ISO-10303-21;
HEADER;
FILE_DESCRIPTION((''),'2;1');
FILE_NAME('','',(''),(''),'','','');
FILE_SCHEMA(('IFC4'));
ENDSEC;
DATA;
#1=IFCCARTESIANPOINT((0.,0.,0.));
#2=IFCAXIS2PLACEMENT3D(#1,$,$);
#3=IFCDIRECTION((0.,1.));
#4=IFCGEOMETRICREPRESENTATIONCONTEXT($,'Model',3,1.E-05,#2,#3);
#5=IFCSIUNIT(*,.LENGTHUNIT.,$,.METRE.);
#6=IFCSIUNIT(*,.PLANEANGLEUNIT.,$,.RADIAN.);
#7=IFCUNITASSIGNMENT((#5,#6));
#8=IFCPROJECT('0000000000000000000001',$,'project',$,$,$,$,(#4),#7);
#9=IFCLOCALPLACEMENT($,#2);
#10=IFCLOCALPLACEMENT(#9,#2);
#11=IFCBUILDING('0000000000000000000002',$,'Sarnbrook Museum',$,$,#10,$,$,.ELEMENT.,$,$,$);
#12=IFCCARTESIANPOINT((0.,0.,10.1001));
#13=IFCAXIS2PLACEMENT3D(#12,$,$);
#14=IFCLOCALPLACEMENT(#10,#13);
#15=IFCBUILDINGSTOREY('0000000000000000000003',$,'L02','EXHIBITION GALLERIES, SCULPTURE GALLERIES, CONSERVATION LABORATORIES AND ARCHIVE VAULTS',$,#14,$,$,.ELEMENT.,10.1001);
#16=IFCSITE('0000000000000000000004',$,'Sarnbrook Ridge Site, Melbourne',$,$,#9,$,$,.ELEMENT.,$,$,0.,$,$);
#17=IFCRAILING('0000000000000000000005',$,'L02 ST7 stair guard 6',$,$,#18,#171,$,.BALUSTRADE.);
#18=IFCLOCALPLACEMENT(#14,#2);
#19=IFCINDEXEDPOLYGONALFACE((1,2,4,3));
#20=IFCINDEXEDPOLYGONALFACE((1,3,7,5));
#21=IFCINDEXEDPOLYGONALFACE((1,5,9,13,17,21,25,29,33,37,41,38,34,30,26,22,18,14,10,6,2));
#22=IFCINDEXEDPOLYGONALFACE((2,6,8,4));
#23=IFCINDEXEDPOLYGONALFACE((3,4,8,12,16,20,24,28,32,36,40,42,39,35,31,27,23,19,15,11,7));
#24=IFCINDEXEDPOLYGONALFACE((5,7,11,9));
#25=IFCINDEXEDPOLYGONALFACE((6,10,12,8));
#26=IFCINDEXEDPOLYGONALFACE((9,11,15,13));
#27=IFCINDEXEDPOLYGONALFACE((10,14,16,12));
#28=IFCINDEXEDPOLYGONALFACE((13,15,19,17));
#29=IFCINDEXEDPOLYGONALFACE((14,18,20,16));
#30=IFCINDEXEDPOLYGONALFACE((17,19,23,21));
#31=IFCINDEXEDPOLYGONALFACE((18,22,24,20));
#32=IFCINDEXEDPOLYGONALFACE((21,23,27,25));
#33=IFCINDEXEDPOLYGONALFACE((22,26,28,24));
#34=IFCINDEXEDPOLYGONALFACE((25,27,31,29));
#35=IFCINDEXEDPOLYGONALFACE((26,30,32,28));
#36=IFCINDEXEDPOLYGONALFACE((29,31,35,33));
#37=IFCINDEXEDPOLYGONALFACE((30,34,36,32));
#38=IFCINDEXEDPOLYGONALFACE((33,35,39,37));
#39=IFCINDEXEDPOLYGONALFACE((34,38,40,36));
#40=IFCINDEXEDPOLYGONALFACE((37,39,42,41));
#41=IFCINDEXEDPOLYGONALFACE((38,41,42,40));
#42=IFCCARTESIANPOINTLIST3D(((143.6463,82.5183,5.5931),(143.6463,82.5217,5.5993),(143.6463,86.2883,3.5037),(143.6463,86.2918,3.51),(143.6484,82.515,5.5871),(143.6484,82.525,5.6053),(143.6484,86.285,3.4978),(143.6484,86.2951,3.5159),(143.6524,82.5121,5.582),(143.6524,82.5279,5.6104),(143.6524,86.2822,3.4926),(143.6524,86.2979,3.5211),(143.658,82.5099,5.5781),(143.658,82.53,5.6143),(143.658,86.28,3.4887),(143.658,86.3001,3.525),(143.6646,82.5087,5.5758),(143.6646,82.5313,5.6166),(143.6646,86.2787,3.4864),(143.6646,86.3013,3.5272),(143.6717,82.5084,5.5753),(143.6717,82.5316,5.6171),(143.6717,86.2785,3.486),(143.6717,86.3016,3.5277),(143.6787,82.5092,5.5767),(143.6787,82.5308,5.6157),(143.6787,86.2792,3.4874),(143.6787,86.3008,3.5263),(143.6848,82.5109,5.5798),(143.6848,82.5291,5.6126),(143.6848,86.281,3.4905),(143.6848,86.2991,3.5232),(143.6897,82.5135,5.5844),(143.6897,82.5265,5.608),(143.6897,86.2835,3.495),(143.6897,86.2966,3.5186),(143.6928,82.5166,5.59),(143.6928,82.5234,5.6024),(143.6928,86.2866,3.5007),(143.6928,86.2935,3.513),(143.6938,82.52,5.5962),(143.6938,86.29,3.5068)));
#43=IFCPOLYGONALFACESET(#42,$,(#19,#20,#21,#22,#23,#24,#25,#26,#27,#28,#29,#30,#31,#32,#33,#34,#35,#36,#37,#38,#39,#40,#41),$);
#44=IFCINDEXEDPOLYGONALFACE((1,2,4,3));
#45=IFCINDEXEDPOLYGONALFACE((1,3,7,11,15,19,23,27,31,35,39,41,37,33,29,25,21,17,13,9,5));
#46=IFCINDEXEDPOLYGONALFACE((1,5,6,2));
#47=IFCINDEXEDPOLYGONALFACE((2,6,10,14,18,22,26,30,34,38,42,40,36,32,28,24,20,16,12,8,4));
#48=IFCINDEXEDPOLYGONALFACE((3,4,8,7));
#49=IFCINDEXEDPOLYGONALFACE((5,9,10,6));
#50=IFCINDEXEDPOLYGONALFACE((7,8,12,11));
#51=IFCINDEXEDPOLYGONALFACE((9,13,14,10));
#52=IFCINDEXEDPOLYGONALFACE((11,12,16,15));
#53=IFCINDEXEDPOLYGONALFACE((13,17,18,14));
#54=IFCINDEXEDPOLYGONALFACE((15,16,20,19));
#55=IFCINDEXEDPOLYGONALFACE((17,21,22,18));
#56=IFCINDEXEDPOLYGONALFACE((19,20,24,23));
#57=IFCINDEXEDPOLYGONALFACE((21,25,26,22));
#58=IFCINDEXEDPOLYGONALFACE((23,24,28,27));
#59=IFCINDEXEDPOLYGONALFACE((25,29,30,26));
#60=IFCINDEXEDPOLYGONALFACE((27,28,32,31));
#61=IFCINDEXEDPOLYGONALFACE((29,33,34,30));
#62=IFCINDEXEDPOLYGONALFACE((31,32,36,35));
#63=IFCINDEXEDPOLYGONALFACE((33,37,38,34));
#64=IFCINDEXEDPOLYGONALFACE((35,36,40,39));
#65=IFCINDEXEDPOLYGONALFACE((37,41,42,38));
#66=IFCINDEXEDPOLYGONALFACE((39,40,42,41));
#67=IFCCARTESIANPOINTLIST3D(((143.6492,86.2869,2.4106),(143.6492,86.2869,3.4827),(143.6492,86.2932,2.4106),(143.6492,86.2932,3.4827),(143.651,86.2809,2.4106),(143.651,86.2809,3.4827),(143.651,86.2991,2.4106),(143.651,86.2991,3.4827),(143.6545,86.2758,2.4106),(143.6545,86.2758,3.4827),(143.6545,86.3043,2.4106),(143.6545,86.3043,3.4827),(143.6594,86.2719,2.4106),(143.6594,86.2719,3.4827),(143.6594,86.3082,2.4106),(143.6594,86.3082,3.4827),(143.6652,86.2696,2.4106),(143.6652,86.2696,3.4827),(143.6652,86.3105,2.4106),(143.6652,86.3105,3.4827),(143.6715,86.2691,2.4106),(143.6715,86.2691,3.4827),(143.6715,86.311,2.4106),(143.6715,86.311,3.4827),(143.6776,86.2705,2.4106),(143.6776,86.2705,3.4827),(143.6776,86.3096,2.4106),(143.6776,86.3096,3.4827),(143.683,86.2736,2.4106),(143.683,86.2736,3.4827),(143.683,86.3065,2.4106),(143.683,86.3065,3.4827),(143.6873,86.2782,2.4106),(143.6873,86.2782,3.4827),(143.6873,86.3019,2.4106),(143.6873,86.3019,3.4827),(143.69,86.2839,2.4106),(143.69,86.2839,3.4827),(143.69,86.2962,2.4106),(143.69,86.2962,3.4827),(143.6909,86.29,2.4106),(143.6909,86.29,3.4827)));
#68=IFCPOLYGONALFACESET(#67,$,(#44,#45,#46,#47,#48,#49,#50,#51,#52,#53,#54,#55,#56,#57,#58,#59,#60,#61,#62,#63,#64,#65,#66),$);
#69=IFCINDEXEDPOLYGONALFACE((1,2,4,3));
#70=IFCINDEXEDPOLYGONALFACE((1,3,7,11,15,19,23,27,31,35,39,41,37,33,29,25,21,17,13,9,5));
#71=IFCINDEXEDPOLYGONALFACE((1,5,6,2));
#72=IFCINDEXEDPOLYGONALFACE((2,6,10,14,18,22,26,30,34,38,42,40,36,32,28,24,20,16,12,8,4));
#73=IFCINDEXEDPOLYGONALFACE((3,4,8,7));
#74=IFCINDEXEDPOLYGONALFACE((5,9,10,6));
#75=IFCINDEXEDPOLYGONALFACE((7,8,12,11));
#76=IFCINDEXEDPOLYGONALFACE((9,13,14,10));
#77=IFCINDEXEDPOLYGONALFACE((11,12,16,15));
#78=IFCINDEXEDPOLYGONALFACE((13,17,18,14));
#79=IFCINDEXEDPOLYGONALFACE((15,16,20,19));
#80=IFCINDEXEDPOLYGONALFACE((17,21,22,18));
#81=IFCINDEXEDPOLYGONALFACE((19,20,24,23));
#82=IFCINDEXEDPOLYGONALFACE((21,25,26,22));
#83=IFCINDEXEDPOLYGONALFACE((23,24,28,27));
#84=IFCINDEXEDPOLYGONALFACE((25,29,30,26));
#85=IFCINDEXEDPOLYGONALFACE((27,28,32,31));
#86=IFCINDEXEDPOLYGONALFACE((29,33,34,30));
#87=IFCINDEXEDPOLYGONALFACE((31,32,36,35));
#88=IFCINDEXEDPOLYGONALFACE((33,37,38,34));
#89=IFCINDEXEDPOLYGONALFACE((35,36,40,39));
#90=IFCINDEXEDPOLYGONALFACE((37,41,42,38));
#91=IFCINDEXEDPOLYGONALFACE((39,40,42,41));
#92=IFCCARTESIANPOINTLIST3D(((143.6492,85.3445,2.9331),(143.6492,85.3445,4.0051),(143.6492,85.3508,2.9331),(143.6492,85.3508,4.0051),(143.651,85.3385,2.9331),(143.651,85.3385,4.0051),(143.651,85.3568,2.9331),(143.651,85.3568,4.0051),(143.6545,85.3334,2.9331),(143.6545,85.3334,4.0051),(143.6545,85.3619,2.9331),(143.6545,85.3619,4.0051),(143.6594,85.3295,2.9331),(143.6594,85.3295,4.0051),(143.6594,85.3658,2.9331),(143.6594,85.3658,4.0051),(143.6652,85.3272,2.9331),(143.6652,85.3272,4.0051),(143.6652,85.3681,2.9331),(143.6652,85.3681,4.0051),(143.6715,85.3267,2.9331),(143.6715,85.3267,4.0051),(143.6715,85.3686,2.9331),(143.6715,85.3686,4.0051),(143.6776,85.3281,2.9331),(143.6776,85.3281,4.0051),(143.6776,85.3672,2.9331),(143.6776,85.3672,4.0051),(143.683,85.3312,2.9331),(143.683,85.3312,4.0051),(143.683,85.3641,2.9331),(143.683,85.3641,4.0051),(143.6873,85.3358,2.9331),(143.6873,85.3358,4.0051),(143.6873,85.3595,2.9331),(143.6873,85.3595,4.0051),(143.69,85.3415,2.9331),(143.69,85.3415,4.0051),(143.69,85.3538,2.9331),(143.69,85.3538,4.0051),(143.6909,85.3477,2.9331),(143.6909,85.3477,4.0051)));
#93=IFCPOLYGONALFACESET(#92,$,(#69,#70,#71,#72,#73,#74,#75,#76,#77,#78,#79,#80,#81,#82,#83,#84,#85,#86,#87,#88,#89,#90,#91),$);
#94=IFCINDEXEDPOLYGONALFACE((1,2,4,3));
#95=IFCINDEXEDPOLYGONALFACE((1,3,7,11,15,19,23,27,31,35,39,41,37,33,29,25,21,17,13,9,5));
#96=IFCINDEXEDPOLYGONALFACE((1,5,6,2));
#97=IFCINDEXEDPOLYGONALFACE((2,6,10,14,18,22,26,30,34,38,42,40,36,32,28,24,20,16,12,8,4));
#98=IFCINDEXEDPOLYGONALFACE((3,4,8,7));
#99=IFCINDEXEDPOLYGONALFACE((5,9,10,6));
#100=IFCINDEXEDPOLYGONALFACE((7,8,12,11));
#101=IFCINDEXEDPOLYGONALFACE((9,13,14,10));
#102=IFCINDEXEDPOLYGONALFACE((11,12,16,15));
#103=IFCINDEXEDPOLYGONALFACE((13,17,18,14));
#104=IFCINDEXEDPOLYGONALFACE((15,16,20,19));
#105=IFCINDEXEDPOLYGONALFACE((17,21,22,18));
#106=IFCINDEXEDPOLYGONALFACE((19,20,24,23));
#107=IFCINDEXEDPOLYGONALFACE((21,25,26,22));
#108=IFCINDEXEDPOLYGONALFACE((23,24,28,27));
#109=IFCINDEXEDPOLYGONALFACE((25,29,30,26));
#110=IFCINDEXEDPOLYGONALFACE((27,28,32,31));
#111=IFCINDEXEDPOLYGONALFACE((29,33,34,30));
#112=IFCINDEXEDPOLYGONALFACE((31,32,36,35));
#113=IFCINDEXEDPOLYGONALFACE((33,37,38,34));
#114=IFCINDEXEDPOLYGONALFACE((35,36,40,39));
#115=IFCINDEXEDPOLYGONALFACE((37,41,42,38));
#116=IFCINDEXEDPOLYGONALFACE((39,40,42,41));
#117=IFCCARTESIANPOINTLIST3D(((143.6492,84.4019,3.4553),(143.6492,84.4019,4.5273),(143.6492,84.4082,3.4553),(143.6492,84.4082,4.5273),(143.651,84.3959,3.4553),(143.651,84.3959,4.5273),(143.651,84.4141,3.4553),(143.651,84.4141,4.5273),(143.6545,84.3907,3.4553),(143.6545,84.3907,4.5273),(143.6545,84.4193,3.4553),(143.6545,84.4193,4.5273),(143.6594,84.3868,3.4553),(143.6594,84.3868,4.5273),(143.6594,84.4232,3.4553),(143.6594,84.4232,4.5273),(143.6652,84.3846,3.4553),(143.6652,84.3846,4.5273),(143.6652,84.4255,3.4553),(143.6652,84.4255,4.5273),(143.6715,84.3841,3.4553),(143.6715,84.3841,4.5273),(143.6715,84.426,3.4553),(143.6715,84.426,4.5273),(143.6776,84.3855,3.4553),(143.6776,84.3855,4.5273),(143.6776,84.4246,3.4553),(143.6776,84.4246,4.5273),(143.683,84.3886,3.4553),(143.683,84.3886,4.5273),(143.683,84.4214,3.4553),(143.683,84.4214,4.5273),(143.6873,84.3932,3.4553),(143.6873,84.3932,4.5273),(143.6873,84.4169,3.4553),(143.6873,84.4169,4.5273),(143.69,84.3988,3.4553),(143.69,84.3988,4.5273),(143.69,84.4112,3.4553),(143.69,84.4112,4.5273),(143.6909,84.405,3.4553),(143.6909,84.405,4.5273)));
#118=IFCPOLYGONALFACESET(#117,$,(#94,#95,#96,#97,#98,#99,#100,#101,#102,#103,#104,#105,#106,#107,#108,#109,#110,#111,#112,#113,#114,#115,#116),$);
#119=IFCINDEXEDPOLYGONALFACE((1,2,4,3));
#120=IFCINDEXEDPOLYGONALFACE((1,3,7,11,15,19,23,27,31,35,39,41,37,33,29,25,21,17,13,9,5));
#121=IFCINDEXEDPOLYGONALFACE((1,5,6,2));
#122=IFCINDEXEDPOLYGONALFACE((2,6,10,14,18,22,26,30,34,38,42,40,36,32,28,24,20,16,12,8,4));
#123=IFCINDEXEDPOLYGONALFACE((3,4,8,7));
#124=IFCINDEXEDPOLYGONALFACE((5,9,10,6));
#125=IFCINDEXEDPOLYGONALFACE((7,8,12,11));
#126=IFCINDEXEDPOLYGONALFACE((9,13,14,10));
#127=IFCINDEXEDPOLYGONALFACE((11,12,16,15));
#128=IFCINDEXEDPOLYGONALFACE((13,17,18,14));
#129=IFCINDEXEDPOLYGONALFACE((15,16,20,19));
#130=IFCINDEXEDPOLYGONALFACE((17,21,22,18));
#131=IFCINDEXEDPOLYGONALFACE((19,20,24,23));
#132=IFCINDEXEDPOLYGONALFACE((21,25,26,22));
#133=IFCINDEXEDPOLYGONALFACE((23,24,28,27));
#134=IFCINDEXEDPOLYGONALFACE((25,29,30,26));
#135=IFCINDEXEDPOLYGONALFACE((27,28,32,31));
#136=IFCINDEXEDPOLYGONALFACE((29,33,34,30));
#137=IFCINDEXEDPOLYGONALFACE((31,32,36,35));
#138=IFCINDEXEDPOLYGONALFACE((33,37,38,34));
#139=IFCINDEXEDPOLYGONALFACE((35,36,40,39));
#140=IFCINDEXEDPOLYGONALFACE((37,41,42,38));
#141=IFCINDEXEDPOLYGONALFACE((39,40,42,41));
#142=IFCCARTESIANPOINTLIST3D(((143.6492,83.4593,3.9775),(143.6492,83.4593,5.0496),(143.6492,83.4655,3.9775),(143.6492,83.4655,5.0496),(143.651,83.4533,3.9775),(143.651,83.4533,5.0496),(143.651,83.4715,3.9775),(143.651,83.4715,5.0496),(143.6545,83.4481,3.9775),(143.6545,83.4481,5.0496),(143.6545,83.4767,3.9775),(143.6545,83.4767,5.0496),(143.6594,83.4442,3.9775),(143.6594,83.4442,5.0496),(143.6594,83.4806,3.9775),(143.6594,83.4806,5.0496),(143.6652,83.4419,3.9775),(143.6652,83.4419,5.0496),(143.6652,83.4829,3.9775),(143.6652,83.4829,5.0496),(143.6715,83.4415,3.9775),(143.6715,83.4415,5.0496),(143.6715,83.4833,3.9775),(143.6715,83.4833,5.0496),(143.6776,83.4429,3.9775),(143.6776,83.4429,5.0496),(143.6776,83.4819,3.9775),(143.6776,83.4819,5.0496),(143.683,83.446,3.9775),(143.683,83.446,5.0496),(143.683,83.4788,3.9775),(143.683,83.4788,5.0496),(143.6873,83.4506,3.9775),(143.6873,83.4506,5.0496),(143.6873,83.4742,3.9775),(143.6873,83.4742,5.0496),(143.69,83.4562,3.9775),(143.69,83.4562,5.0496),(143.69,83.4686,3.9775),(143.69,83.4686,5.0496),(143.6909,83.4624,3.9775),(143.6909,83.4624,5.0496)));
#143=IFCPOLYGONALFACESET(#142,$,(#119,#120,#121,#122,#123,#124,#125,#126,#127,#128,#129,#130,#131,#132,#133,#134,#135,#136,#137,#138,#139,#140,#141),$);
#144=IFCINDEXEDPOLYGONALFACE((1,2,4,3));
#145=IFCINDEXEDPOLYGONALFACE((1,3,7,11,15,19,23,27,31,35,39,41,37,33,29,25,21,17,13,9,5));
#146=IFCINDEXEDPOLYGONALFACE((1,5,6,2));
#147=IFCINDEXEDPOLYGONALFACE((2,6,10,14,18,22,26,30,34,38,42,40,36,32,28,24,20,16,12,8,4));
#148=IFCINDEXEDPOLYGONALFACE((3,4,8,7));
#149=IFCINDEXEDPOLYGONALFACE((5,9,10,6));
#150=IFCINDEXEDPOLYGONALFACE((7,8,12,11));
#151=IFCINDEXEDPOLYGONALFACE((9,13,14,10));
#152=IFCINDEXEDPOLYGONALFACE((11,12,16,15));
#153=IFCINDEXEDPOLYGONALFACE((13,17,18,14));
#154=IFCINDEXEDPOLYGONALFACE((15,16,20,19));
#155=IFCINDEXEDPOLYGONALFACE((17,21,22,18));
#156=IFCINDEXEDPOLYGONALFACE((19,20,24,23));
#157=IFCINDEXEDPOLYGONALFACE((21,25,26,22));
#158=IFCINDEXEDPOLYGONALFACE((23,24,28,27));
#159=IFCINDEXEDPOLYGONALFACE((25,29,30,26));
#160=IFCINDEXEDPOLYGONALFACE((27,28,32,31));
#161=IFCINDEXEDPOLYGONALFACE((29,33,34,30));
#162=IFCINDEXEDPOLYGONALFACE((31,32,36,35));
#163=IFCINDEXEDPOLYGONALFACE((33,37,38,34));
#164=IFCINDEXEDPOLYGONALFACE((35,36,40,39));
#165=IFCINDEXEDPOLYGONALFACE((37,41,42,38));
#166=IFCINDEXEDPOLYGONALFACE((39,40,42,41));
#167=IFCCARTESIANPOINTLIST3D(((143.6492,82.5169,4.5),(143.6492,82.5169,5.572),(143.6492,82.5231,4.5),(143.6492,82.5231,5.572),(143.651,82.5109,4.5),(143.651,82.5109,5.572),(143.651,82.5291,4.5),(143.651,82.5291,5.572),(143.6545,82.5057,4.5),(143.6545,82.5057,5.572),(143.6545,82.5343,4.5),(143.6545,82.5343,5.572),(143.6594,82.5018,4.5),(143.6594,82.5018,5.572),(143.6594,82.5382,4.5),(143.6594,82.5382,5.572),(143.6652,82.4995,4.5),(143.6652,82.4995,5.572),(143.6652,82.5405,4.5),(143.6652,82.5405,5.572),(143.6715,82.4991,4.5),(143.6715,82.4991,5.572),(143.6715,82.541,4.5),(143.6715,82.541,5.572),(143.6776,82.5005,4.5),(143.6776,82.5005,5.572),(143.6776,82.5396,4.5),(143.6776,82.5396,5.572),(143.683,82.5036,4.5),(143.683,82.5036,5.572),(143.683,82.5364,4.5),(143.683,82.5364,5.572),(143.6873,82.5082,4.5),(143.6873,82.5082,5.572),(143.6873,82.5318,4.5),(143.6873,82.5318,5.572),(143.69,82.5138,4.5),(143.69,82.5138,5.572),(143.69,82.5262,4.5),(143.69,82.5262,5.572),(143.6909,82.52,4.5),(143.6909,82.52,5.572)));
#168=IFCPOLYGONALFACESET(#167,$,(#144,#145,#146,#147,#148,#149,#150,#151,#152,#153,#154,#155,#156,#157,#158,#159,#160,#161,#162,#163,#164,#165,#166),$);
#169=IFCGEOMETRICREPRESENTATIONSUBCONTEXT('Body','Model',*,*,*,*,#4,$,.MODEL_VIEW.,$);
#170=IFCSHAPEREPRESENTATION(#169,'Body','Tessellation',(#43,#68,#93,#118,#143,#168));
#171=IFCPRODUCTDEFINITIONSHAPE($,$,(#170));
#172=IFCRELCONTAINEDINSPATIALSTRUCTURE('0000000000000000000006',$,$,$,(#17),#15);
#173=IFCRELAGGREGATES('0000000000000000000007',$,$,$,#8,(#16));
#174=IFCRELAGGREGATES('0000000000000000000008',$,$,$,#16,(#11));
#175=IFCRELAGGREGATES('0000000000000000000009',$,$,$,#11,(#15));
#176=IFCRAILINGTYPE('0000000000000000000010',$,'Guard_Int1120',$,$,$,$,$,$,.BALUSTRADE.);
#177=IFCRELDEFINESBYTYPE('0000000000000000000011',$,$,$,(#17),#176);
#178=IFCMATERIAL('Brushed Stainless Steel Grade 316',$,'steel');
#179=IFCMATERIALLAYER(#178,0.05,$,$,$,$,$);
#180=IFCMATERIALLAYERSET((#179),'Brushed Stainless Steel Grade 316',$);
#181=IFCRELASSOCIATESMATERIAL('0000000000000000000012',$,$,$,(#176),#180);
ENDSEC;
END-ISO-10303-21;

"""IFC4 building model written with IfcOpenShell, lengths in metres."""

from ifc_helpers import new_model, si_unit, direction, frame, origin, origin_2d, place, context, subcontext, project, spatial, circle, extrude, material, layer, layer_set, type_object, element, save


model = new_model("IFC4")

# Units and contexts
model_context = context("Model", 3, precision=1e-05, world=origin(), true_north=direction((0.0, 1.0)))
body_context = subcontext(model_context, "Body", "Model", "MODEL_VIEW")
ifc_project = project(units=[si_unit("LENGTHUNIT", "METRE"), si_unit("PLANEANGLEUNIT", "RADIAN")], contexts=[model_context])

# Site, building, storey
site_placement = place(None, origin())
site = spatial("IfcSite", under=ifc_project, at=site_placement, Name="Sarnbrook Ridge Site, Melbourne", CompositionType="ELEMENT", RefElevation=0.0)
building_placement = place(site_placement, origin())
building = spatial("IfcBuilding", under=site, at=building_placement, Name="Sarnbrook Museum", CompositionType="ELEMENT")
storey_placement = place(building_placement, frame((0.0, 0.0, 10.1001)))
storey = spatial("IfcBuildingStorey", under=building, at=storey_placement, Name="L02", Description="EXHIBITION GALLERIES, SCULPTURE GALLERIES, CONSERVATION LABORATORIES AND ARCHIVE VAULTS", CompositionType="ELEMENT", Elevation=10.1001)

# Railing
ifc_material_1 = material(Name="Brushed Stainless Steel Grade 316", Category="steel")
ifc_layer_1 = layer(ifc_material_1, 0.05)
ifc_layer_set_1 = layer_set([ifc_layer_1], Name="Brushed Stainless Steel Grade 316")
railing_type_1 = type_object("IfcRailingType", Name="Guard_Int1120", PredefinedType="BALUSTRADE", material=ifc_layer_set_1)
railing_1_placement = place(storey_placement, frame((143.6699, 86.29, 2.4106)))
element("IfcRailing", 1, at=railing_1_placement, inside=storey, type_object=railing_type_1, Name="L02 ST7 stair guard 6", PredefinedType="BALUSTRADE", context=body_context, shape_type="SweptSolid", body=[
    extrude(circle(Radius=0.0239, at=origin_2d()), frame((0.0, 0.0, 1.0962), z_axis=(0.0, -0.874659, 0.484739), x_axis=(1.0, 0.0, 0.0)), (0.0, 0.0, 1.0), 4.3103),
    extrude(circle(Radius=0.021, at=origin_2d()), origin(), (0.0, 0.0, 1.0), 1.072),
    extrude(circle(Radius=0.021, at=origin_2d()), frame((0.0, -0.9424, 0.5225)), (0.0, 0.0, 1.0), 1.072),
    extrude(circle(Radius=0.021, at=origin_2d()), frame((0.0, -1.885, 1.0447)), (0.0, 0.0, 1.0), 1.072),
    extrude(circle(Radius=0.021, at=origin_2d()), frame((0.0, -2.8276, 1.5669)), (0.0, 0.0, 1.0), 1.072),
    extrude(circle(Radius=0.021, at=origin_2d()), frame((0.0, -3.77, 2.0894)), (0.0, 0.0, 1.0), 1.072),
])

save(model, "model.ifc")
